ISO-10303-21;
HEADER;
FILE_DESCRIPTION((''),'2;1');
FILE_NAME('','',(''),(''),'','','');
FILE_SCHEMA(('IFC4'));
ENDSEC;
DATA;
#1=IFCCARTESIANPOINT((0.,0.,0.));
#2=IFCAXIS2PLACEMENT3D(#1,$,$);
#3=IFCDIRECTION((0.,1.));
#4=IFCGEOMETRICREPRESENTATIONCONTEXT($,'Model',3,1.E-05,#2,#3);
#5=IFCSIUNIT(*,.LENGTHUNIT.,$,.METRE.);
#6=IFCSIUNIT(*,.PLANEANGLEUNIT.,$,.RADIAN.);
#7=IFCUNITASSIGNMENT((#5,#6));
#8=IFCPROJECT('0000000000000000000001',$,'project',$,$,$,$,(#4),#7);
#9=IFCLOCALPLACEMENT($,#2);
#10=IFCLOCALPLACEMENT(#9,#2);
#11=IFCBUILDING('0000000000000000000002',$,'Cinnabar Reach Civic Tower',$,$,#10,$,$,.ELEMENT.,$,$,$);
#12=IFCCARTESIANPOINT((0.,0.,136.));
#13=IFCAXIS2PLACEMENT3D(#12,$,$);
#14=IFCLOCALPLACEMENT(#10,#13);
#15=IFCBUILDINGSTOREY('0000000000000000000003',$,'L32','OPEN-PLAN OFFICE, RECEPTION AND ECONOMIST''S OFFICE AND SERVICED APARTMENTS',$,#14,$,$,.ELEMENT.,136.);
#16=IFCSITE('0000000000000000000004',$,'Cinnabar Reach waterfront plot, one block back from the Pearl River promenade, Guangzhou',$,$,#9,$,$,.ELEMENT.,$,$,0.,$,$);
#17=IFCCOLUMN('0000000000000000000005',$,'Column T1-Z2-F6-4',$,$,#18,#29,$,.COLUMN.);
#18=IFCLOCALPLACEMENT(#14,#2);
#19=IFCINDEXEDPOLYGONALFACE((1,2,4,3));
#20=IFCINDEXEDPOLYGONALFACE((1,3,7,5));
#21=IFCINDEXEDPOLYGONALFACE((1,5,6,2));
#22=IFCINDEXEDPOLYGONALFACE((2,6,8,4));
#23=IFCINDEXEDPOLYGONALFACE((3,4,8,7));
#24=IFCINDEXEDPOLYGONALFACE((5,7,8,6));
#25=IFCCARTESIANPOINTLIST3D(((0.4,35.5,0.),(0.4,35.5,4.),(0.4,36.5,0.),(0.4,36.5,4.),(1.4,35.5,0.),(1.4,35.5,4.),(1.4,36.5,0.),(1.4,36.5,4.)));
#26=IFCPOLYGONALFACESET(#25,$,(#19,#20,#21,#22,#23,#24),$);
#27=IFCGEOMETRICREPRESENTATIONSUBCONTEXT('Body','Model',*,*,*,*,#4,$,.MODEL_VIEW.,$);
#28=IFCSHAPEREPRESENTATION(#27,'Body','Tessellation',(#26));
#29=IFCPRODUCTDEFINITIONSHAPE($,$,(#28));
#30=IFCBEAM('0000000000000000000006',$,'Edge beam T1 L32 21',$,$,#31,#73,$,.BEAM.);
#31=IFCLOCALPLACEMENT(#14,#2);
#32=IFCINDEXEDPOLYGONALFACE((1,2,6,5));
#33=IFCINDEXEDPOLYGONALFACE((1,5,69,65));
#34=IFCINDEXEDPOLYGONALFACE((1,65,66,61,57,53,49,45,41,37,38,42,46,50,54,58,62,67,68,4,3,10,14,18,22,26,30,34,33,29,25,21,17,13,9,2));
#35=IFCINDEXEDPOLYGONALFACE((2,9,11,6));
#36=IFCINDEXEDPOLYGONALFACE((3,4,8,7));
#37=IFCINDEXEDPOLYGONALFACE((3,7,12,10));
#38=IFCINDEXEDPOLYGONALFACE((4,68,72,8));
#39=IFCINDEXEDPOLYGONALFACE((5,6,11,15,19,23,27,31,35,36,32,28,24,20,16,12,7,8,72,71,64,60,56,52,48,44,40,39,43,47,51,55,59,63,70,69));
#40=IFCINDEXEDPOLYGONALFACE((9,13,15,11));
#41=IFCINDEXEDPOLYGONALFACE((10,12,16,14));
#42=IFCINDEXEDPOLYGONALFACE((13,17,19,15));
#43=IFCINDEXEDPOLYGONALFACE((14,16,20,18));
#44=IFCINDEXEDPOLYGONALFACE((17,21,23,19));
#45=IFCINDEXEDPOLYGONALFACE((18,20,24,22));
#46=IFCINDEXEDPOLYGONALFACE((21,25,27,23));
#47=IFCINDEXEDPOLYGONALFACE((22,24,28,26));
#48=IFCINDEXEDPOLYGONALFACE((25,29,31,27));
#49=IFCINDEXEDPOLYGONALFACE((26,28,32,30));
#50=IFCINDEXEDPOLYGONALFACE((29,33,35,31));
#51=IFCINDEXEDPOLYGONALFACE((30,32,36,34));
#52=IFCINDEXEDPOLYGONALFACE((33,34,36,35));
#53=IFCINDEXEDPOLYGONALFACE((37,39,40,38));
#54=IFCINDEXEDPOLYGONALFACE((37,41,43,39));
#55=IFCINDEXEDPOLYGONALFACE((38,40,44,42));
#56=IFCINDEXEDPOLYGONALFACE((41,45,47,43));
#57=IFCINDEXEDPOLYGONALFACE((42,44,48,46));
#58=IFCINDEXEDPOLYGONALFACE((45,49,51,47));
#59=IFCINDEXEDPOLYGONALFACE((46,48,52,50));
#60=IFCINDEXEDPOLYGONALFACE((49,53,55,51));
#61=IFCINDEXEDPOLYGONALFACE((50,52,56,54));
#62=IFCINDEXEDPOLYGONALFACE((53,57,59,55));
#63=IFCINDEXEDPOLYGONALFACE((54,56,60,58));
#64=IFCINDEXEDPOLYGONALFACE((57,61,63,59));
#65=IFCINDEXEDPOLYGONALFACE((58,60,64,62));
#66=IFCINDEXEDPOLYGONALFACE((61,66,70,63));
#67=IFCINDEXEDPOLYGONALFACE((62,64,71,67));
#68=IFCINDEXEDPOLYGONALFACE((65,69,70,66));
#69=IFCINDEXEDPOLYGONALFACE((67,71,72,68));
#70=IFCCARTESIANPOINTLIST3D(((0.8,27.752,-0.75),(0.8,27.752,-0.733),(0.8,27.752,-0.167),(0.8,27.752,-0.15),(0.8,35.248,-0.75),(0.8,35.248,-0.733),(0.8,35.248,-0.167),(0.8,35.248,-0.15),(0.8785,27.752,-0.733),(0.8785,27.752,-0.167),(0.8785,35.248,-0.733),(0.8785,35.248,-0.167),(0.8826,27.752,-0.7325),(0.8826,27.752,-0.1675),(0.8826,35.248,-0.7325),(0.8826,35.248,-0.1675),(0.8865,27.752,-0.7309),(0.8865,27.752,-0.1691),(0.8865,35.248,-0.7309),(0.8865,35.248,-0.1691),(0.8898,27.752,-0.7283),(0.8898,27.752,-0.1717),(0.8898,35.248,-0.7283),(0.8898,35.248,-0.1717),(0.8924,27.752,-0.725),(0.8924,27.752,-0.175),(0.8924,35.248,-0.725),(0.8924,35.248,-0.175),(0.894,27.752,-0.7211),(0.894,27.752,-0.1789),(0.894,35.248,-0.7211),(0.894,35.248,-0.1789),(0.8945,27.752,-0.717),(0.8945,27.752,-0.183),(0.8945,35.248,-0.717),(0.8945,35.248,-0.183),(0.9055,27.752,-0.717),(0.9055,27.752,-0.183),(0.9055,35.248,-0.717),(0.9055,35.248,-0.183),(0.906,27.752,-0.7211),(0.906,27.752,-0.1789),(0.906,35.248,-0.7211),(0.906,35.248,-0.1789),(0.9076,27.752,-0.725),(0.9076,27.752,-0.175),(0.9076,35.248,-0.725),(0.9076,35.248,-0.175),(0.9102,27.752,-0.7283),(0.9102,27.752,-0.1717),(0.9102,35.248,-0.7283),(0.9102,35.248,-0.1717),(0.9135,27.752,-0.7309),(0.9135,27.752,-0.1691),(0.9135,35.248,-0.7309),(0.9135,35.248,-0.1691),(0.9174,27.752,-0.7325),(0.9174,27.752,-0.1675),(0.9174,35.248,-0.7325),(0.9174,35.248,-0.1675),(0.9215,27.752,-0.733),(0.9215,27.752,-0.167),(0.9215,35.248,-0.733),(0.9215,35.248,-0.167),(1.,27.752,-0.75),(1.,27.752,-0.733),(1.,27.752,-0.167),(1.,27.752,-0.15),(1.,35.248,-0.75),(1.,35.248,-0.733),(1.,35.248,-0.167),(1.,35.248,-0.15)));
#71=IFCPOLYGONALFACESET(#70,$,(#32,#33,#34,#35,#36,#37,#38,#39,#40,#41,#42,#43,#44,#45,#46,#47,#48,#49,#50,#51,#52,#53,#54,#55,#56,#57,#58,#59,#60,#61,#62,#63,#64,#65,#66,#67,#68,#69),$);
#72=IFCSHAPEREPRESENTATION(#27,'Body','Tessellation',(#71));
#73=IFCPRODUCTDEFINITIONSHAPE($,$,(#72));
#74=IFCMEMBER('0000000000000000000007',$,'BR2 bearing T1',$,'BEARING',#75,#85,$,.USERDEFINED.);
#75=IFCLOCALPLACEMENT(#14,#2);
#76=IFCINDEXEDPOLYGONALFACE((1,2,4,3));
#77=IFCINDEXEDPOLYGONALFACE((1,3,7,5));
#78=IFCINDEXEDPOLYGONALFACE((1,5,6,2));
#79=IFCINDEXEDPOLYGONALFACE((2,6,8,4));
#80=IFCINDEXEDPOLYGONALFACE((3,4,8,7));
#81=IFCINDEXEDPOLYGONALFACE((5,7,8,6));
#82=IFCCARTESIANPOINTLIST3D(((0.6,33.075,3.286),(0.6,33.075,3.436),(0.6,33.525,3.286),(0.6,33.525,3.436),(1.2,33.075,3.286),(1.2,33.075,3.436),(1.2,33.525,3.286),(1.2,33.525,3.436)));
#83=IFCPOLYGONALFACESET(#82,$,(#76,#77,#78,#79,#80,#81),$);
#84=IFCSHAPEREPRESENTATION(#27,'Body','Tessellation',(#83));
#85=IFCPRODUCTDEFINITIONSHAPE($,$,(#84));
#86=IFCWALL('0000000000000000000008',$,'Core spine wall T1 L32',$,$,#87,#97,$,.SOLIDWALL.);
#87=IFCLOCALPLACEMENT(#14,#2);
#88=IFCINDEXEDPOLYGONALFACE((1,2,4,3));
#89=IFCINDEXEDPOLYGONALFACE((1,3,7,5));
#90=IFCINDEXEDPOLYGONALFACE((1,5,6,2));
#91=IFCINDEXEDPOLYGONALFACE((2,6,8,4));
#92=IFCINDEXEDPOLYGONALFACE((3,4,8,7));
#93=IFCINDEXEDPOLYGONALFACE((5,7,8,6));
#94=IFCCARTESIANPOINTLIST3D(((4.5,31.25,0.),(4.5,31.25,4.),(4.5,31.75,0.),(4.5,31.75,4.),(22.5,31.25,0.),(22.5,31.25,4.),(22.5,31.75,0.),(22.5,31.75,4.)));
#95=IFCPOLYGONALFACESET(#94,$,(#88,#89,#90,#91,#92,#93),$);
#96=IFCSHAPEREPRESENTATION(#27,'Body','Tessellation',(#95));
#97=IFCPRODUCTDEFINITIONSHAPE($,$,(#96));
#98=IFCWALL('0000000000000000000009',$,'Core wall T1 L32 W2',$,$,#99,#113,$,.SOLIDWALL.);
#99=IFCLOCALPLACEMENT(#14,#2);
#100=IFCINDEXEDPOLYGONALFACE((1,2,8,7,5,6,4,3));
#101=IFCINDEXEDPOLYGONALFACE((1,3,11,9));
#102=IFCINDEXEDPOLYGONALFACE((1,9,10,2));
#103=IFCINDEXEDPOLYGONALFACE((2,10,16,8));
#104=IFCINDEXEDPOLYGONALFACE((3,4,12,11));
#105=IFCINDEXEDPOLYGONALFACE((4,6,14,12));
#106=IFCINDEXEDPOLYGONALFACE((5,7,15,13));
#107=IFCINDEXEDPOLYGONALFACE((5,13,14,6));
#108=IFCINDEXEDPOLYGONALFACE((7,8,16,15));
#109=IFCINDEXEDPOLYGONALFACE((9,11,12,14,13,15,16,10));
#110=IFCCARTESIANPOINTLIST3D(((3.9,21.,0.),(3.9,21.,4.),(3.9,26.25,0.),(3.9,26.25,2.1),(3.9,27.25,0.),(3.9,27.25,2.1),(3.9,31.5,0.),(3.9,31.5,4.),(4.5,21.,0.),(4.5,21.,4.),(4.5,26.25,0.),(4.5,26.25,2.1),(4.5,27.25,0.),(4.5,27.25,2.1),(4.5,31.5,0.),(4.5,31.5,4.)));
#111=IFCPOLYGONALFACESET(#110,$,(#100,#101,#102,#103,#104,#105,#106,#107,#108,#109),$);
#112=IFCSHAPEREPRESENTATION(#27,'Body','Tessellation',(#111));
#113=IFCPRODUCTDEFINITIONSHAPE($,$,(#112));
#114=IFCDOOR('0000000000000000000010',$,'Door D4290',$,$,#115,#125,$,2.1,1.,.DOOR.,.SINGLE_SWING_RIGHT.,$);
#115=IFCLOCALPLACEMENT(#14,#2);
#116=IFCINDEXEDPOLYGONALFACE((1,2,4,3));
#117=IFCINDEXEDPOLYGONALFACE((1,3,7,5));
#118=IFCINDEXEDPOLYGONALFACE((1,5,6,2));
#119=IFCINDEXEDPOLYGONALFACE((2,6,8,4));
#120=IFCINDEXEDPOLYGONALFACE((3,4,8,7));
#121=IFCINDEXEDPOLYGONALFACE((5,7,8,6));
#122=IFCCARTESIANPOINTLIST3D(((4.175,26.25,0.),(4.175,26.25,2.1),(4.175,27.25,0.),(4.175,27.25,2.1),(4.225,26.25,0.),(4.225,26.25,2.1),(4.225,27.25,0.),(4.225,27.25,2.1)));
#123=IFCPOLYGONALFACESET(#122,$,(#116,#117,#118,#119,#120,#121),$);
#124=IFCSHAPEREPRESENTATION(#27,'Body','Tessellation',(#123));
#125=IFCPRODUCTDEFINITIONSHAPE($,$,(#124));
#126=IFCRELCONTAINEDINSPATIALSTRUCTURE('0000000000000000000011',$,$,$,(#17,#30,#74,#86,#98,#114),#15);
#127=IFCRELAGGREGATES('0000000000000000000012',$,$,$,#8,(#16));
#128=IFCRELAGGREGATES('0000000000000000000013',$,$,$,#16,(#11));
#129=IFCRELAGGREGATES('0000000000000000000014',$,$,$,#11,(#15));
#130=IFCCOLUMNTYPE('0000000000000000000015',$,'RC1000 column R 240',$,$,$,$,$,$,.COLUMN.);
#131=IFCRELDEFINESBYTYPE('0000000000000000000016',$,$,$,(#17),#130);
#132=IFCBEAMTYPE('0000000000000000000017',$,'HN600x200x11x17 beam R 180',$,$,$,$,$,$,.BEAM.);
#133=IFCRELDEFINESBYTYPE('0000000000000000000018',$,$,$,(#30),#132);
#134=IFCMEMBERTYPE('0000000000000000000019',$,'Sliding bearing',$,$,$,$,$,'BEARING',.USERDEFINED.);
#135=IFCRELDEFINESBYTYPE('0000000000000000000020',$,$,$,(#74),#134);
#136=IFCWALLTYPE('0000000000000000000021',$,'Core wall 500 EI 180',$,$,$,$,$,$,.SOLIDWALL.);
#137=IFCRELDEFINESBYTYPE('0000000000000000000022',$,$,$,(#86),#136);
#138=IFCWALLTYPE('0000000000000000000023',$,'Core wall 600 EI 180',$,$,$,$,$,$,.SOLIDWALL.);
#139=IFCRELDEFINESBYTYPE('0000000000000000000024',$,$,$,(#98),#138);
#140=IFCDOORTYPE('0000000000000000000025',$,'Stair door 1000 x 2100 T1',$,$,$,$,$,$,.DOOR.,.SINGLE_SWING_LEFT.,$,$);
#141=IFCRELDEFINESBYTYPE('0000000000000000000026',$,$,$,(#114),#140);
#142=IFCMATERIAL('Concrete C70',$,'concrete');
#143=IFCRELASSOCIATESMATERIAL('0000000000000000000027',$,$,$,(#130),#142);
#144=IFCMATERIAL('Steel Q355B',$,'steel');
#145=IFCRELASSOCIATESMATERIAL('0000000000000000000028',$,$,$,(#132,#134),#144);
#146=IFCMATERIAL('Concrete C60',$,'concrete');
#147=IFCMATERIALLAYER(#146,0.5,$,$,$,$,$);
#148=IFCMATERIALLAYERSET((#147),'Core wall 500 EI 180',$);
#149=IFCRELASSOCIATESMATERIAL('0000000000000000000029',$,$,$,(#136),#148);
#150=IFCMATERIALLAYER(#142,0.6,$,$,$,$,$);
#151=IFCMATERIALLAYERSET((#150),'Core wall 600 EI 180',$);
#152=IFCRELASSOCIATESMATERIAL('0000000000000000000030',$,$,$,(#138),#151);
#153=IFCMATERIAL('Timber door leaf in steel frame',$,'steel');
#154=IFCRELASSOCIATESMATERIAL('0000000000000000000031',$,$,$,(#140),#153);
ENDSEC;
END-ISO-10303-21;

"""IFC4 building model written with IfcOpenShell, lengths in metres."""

from ifc_helpers import new_model, si_unit, direction, frame, frame_2d, origin, origin_2d, place, context, subcontext, project, spatial, rectangle, i_section, extrude, material, layer, layer_set, material_profile, profile_set, type_object, element, fill, save


model = new_model("IFC4")

# Units and contexts
model_context = context("Model", 3, precision=1e-05, world=origin(), true_north=direction((0.0, 1.0)))
body_context = subcontext(model_context, "Body", "Model", "MODEL_VIEW")
ifc_project = project(units=[si_unit("LENGTHUNIT", "METRE"), si_unit("PLANEANGLEUNIT", "RADIAN")], contexts=[model_context])

# Site, building, storey
site_placement = place(None, origin())
site = spatial("IfcSite", under=ifc_project, at=site_placement, Name="Cinnabar Reach waterfront plot, one block back from the Pearl River promenade, Guangzhou", CompositionType="ELEMENT", RefElevation=0.0)
building_placement = place(site_placement, origin())
building = spatial("IfcBuilding", under=site, at=building_placement, Name="Cinnabar Reach Civic Tower", CompositionType="ELEMENT")
storey_placement = place(building_placement, frame((0.0, 0.0, 136.0)))
storey = spatial("IfcBuildingStorey", under=building, at=storey_placement, Name="L32", Description="OPEN-PLAN OFFICE, RECEPTION AND ECONOMIST'S OFFICE AND SERVICED APARTMENTS", CompositionType="ELEMENT", Elevation=136.0)

# Column
ifc_material_1 = material(Name="Concrete C70", Category="concrete")
ifc_material_profile_1 = material_profile(ifc_material_1, rectangle(XDim=1.0, YDim=1.0, at=origin_2d()), Name="RC1000")
ifc_profile_set_1 = profile_set([ifc_material_profile_1], Name="Concrete C70")
column_type = type_object("IfcColumnType", Name="RC1000 column R 240", PredefinedType="COLUMN", material=ifc_profile_set_1)
column_placement = place(storey_placement, frame((0.9, 36.0, 0.0), z_axis=(0.0, 0.0, 1.0), x_axis=(1.0, 0.0, 0.0)))
element("IfcColumn", 1, at=column_placement, inside=storey, type_object=column_type, Name="Column T1-Z2-F6-4", PredefinedType="COLUMN", context=body_context, shape_type="SweptSolid", body=[
    extrude(rectangle(XDim=1.0, YDim=1.0, at=origin_2d()), origin(), (0.0, 0.0, 1.0), 4.0),
])

# Beam
ifc_material_2 = material(Name="Steel Q355B", Category="steel")
ifc_material_profile_2 = material_profile(ifc_material_2, i_section(OverallWidth=0.2, OverallDepth=0.6, WebThickness=0.011, FlangeThickness=0.017, FilletRadius=0.016, at=origin_2d()), Name="HN600x200x11x17")
ifc_profile_set_2 = profile_set([ifc_material_profile_2], Name="Steel Q355B")
beam_type = type_object("IfcBeamType", Name="HN600x200x11x17 beam R 180", PredefinedType="BEAM", material=ifc_profile_set_2)
beam_placement = place(storey_placement, frame((0.9, 35.248, -0.45), z_axis=(0.0, -1.0, 0.0), x_axis=(1.0, 0.0, 0.0)))
element("IfcBeam", 2, at=beam_placement, inside=storey, type_object=beam_type, Name="Edge beam T1 L32 21", PredefinedType="BEAM", context=body_context, shape_type="SweptSolid", body=[
    extrude(i_section(OverallWidth=0.2, OverallDepth=0.6, WebThickness=0.011, FlangeThickness=0.017, FilletRadius=0.016, at=origin_2d()), origin(), (0.0, 0.0, 1.0), 7.496),
])

# Member
member_type = type_object("IfcMemberType", Name="Sliding bearing", ElementType="BEARING", PredefinedType="USERDEFINED", material=ifc_material_2)
member_placement = place(storey_placement, frame((0.9, 33.3, 3.286), z_axis=(0.0, 0.0, 1.0), x_axis=(1.0, 0.0, 0.0)))
element("IfcMember", 3, at=member_placement, inside=storey, type_object=member_type, Name="BR2 bearing T1", ObjectType="BEARING", PredefinedType="USERDEFINED", context=body_context, shape_type="SweptSolid", body=[
    extrude(rectangle(XDim=0.6, YDim=0.45, at=origin_2d()), origin(), (0.0, 0.0, 1.0), 0.15),
])

# Wall
ifc_material_3 = material(Name="Concrete C60", Category="concrete")
ifc_layer_1 = layer(ifc_material_3, 0.5)
ifc_layer_set_1 = layer_set([ifc_layer_1], Name="Core wall 500 EI 180")
wall_type_1 = type_object("IfcWallType", Name="Core wall 500 EI 180", PredefinedType="SOLIDWALL", material=ifc_layer_set_1)
wall_1_placement = place(storey_placement, frame((4.5, 31.5, 0.0), z_axis=(0.0, 0.0, 1.0), x_axis=(1.0, 0.0, 0.0)))
element("IfcWall", 4, at=wall_1_placement, inside=storey, type_object=wall_type_1, Name="Core spine wall T1 L32", PredefinedType="SOLIDWALL", context=body_context, shape_type="SweptSolid", body=[
    extrude(rectangle(XDim=18.0, YDim=0.5, at=frame_2d((9.0, 0.0))), origin(), (0.0, 0.0, 1.0), 4.0),
])

# Wall, opening, door
ifc_layer_2 = layer(ifc_material_1, 0.6)
ifc_layer_set_2 = layer_set([ifc_layer_2], Name="Core wall 600 EI 180")
wall_type_2 = type_object("IfcWallType", Name="Core wall 600 EI 180", PredefinedType="SOLIDWALL", material=ifc_layer_set_2)
wall_2_placement = place(storey_placement, frame((4.2, 31.5, 0.0), z_axis=(0.0, 0.0, 1.0), x_axis=(0.0, -1.0, 0.0)))
wall_2 = element("IfcWall", 5, at=wall_2_placement, inside=storey, type_object=wall_type_2, Name="Core wall T1 L32 W2", PredefinedType="SOLIDWALL", context=body_context, shape_type="SweptSolid", body=[
    extrude(rectangle(XDim=10.5, YDim=0.6, at=frame_2d((5.25, 0.0))), origin(), (0.0, 0.0, 1.0), 4.0),
])
opening_1_placement = place(wall_2_placement, frame((4.25, 0.0, 0.0)))
opening_1 = element("IfcOpeningElement", 6, at=opening_1_placement, cuts=wall_2, PredefinedType="OPENING", context=body_context, shape_type="SweptSolid", body=[
    extrude(rectangle(XDim=1.0, YDim=2.1, at=frame_2d((0.5, 1.05))), frame((0.0, 0.31, 0.0), z_axis=(0.0, -1.0, 0.0), x_axis=(1.0, 0.0, 0.0)), (0.0, 0.0, 1.0), 0.62),
])
ifc_material_4 = material(Name="Timber door leaf in steel frame", Category="steel")
door_type_1 = type_object("IfcDoorType", Name="Stair door 1000 x 2100 T1", OperationType="SINGLE_SWING_LEFT", PredefinedType="DOOR", material=ifc_material_4)
door_1_placement = place(opening_1_placement, frame((1.0, 0.0, 0.0), z_axis=(0.0, 0.0, 1.0), x_axis=(-1.0, 0.0, 0.0)))
door_1 = element("IfcDoor", 7, at=door_1_placement, inside=storey, type_object=door_type_1, Name="Door D4290", OperationType="SINGLE_SWING_RIGHT", OverallHeight=2.1, OverallWidth=1.0, PredefinedType="DOOR", context=body_context, shape_type="SweptSolid", body=[
    extrude(rectangle(XDim=1.0, YDim=2.1, at=frame_2d((0.5, 1.05))), frame((0.0, 0.025, 0.0), z_axis=(0.0, -1.0, 0.0), x_axis=(1.0, 0.0, 0.0)), (0.0, 0.0, 1.0), 0.05),
])
fill(opening_1, door_1)

save(model, "model.ifc")
